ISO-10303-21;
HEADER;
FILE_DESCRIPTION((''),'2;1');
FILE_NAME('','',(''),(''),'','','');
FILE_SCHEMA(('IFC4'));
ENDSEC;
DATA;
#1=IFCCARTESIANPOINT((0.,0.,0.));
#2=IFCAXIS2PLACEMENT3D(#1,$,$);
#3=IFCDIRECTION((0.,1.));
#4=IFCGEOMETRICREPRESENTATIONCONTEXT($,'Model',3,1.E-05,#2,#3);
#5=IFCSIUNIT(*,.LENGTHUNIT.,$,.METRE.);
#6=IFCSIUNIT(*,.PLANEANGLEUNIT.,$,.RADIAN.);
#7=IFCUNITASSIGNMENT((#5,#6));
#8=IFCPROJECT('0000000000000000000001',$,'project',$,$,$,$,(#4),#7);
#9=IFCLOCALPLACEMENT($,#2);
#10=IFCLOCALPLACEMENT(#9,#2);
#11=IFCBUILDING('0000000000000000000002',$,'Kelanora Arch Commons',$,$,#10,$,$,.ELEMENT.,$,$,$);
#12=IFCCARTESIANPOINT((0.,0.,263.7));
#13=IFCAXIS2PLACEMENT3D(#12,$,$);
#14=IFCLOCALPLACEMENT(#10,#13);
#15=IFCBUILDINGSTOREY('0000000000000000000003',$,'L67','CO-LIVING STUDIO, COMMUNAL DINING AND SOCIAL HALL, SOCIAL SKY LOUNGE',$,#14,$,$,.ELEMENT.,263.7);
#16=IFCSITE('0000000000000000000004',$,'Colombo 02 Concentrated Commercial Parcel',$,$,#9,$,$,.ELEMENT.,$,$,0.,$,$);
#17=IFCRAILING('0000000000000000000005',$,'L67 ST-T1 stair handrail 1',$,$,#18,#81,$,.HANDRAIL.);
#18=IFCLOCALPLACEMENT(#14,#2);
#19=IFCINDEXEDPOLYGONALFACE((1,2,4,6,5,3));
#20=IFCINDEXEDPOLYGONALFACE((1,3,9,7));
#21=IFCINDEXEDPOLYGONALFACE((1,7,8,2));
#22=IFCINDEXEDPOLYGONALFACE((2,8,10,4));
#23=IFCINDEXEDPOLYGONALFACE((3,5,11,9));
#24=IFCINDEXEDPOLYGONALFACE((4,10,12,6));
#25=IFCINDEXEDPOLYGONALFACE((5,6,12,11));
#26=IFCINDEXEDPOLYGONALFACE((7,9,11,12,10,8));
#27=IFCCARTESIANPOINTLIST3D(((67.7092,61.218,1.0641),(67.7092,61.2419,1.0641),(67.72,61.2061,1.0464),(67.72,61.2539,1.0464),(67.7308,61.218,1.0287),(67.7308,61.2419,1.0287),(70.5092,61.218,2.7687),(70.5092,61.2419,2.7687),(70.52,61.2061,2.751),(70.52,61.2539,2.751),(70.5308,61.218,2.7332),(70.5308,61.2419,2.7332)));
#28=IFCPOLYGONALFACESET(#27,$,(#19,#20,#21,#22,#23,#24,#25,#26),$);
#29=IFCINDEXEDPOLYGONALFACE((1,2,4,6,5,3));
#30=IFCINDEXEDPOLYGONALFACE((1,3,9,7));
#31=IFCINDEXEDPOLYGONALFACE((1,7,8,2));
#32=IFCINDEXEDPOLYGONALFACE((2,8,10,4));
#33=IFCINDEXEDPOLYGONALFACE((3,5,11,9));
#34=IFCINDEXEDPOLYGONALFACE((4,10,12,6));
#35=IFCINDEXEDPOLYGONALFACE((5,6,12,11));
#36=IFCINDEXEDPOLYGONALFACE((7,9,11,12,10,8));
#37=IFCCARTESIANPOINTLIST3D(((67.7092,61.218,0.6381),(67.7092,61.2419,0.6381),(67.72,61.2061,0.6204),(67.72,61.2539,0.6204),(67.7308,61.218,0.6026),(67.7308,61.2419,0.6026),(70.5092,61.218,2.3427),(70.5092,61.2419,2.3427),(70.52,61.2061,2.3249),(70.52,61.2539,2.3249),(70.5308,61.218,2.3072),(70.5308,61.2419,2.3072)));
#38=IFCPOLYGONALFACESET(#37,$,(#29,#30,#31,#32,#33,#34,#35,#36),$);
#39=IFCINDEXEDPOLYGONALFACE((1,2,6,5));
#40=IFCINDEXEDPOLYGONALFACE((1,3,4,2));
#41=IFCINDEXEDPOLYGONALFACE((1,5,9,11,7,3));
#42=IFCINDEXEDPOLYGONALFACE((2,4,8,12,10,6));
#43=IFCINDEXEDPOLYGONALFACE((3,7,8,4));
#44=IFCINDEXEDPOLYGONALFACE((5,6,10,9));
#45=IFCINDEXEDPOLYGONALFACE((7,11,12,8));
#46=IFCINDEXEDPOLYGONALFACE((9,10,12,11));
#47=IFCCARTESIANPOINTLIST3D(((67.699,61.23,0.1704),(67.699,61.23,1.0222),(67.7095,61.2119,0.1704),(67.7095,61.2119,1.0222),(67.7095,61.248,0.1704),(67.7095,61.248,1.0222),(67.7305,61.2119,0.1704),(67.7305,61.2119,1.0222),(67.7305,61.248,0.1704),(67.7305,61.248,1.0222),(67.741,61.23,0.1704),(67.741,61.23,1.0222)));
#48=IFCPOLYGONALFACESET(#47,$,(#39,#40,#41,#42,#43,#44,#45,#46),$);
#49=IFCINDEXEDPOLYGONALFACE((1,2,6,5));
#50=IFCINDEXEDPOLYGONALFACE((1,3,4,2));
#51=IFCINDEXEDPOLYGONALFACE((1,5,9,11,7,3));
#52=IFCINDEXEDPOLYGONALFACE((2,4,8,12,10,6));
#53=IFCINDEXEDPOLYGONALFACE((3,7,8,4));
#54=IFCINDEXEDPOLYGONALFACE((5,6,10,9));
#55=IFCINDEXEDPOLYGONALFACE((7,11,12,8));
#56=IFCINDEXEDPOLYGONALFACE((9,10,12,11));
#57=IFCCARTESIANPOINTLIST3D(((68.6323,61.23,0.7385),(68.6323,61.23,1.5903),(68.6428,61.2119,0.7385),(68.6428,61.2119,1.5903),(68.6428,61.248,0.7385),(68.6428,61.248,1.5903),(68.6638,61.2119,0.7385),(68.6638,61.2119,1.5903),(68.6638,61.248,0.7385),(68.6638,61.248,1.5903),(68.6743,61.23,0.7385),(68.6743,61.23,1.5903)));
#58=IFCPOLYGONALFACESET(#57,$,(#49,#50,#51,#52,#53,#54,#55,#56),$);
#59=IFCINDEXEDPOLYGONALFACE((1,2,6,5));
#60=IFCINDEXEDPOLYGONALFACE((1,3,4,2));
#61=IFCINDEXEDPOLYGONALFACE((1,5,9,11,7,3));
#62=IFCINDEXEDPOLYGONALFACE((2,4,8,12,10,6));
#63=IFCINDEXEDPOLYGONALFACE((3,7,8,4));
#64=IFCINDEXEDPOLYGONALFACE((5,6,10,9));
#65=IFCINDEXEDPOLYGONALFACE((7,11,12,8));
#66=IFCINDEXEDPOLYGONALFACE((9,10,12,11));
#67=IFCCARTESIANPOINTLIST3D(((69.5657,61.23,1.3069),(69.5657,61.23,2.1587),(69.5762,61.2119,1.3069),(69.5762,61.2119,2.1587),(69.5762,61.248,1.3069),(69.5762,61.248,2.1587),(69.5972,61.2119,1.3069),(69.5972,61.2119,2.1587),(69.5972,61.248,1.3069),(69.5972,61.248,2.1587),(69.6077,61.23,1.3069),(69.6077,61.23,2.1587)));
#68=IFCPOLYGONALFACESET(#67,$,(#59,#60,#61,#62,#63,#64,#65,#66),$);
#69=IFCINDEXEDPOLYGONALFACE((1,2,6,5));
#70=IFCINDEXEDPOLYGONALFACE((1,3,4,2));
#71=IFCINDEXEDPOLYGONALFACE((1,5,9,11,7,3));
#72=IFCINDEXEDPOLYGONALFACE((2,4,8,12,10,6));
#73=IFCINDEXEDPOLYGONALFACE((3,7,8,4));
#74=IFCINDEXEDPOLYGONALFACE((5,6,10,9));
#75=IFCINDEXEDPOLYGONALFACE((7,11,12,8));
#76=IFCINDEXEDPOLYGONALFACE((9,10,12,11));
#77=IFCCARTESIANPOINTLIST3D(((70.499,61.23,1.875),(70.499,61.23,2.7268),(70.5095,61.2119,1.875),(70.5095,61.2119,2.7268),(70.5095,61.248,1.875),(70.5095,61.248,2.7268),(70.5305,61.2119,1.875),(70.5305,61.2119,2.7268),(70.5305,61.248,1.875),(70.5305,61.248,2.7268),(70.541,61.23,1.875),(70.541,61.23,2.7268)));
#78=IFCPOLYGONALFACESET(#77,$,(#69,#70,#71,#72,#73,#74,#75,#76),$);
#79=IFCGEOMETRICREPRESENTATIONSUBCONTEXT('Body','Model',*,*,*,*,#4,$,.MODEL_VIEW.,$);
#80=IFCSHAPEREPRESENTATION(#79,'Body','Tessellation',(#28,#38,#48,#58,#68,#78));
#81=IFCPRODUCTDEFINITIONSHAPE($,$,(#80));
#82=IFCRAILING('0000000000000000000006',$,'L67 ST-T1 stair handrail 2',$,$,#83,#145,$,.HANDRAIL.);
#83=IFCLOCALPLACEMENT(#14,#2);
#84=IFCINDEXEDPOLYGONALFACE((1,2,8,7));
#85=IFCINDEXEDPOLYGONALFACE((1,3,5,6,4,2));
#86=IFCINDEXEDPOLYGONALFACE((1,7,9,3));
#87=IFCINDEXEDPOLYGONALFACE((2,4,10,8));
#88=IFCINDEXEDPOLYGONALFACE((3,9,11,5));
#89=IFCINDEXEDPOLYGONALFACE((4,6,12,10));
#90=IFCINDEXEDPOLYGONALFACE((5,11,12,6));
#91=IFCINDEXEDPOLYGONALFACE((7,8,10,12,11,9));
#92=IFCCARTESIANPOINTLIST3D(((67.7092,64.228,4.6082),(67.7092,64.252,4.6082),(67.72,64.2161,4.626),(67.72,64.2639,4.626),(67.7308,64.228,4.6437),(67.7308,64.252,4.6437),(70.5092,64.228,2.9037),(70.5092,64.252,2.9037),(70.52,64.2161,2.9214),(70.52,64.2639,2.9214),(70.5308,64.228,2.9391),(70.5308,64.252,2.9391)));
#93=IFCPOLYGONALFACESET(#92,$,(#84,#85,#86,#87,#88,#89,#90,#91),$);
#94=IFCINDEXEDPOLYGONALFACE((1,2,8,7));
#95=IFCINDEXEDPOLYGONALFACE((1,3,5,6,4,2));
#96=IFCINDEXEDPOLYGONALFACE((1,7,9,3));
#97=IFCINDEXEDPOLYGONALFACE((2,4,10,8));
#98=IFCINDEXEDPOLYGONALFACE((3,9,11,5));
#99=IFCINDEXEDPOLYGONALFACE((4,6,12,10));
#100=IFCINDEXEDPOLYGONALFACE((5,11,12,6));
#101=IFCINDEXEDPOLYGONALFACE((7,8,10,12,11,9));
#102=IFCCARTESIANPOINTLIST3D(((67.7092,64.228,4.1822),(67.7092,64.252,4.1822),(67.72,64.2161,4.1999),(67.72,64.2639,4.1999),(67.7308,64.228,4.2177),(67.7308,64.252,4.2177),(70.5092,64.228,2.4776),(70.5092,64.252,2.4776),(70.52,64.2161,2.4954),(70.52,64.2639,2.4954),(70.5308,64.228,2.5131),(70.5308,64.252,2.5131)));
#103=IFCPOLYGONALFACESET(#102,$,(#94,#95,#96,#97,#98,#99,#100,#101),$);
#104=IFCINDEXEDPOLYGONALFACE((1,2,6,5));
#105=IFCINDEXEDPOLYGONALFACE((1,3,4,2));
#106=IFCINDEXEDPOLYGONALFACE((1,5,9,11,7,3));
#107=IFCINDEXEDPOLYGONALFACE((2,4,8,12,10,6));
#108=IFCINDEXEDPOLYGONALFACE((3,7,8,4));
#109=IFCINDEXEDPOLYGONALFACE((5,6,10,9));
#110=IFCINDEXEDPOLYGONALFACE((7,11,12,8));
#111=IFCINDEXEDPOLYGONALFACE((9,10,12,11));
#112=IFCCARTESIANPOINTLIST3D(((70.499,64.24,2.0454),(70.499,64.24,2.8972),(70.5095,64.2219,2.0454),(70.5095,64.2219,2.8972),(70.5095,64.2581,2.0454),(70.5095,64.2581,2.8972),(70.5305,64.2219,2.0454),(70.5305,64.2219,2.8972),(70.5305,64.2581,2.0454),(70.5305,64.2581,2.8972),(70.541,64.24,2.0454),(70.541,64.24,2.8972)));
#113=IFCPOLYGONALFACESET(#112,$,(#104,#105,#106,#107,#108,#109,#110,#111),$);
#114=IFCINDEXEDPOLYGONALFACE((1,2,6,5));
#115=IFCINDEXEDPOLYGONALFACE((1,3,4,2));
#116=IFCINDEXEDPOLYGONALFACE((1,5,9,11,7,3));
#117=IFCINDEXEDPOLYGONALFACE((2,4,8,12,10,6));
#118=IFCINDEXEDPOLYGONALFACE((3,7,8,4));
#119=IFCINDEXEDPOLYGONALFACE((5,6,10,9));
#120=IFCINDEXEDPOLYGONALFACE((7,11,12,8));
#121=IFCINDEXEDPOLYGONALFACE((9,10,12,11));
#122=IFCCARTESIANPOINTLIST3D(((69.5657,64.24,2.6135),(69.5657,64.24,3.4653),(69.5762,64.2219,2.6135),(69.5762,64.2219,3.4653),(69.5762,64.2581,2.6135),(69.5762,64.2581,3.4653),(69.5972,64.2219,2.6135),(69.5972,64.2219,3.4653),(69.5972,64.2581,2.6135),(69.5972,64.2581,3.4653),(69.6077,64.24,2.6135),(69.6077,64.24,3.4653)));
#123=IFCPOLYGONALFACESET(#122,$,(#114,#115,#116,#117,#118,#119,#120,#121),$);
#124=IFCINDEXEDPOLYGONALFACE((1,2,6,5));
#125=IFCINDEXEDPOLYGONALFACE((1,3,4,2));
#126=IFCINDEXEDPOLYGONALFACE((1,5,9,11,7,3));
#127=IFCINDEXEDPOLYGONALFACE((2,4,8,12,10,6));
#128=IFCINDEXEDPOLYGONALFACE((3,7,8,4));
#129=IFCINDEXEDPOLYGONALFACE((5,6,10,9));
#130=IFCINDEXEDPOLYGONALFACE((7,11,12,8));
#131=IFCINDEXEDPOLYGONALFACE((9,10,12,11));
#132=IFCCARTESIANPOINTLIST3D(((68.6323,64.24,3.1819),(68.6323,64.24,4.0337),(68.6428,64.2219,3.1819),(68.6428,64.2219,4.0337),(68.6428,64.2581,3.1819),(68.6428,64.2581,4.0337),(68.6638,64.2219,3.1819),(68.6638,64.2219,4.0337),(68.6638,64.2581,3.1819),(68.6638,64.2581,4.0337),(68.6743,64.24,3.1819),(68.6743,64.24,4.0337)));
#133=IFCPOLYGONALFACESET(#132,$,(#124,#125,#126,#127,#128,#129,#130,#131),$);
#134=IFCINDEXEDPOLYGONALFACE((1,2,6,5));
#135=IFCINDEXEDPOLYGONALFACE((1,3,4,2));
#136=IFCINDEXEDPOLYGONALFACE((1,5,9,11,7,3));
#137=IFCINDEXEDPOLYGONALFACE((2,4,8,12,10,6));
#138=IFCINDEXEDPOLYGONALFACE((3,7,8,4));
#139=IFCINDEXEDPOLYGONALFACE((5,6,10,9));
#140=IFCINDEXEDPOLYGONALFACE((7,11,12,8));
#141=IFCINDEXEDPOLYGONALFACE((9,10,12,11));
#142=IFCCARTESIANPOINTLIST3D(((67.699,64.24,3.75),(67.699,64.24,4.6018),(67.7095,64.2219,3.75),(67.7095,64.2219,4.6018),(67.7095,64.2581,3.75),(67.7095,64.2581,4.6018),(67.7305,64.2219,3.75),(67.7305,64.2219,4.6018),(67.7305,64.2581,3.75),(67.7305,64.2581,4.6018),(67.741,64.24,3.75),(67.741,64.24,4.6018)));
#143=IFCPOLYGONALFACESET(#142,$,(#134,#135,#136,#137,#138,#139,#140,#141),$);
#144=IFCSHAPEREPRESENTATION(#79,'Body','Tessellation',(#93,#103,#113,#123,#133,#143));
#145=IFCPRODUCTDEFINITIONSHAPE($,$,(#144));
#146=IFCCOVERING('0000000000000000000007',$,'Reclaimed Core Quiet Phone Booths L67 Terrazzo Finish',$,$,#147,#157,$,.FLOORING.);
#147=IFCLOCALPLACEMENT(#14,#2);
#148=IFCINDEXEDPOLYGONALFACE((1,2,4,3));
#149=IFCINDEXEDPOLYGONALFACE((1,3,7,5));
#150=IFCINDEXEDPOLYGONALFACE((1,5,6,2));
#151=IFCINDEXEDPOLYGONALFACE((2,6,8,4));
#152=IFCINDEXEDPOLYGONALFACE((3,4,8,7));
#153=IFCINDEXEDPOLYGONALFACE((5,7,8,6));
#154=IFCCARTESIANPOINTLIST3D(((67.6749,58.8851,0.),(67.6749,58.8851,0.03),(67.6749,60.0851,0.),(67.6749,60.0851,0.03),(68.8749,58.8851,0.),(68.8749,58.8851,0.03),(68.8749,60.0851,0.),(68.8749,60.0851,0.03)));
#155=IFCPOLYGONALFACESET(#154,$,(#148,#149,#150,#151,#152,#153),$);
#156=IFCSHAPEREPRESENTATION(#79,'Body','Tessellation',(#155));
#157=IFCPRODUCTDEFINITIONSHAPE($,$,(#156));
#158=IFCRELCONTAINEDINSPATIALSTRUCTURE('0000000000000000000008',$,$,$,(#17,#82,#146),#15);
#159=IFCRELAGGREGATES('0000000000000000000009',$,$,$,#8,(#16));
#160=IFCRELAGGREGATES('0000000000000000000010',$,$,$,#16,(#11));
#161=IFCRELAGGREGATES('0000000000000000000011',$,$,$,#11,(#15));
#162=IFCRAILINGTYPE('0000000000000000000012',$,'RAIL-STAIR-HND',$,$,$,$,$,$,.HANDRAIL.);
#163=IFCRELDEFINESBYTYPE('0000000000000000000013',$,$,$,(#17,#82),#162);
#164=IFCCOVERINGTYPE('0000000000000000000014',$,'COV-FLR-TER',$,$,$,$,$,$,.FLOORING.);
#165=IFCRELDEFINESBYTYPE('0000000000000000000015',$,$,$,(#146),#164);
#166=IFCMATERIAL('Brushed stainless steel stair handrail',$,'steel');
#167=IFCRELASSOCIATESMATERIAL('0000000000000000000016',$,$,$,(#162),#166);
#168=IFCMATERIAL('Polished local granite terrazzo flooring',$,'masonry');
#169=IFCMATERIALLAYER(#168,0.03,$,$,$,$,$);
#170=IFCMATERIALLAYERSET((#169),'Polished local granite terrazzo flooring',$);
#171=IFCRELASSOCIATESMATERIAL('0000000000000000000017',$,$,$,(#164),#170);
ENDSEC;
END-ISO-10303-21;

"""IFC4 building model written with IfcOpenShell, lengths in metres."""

from ifc_helpers import new_model, si_unit, direction, frame, origin, origin_2d, place, context, subcontext, project, spatial, polyline, rectangle, outline, extrude, source, transform, mapped, material, layer, layer_set, type_object, element, save


model = new_model("IFC4")

# Units and contexts
model_context = context("Model", 3, precision=1e-05, world=origin(), true_north=direction((0.0, 1.0)))
body_context = subcontext(model_context, "Body", "Model", "MODEL_VIEW")
ifc_project = project(units=[si_unit("LENGTHUNIT", "METRE"), si_unit("PLANEANGLEUNIT", "RADIAN")], contexts=[model_context])

# Site, building, storey
site_placement = place(None, origin())
site = spatial("IfcSite", under=ifc_project, at=site_placement, Name="Colombo 02 Concentrated Commercial Parcel", CompositionType="ELEMENT", RefElevation=0.0)
building_placement = place(site_placement, origin())
building = spatial("IfcBuilding", under=site, at=building_placement, Name="Kelanora Arch Commons", CompositionType="ELEMENT")
storey_placement = place(building_placement, frame((0.0, 0.0, 263.7)))
storey = spatial("IfcBuildingStorey", under=building, at=storey_placement, Name="L67", Description="CO-LIVING STUDIO, COMMUNAL DINING AND SOCIAL HALL, SOCIAL SKY LOUNGE", CompositionType="ELEMENT", Elevation=263.7)

# Railings
ifc_material_1 = material(Name="Brushed stainless steel stair handrail", Category="steel")
railing_type_1 = type_object("IfcRailingType", Name="RAIL-STAIR-HND", PredefinedType="HANDRAIL", material=ifc_material_1)
railing_1_placement = place(storey_placement, frame((67.72, 61.23, 0.1704)))
element("IfcRailing", 1, at=railing_1_placement, inside=storey, type_object=railing_type_1, Name="L67 ST-T1 stair handrail 1", PredefinedType="HANDRAIL", context=body_context, shape_type="SweptSolid", body=[
    extrude(outline(polyline([(0.0239, 0.0), (0.012, 0.0208), (-0.012, 0.0208), (-0.0239, 0.0), (-0.012, -0.0208), (0.012, -0.0208), (0.0239, 0.0)])), frame((0.0, 0.0, 0.876), z_axis=(0.85417, 0.0, 0.519994), x_axis=(0.0, 1.0, 0.0)), (0.0, 0.0, 1.0), 3.2781),
    extrude(outline(polyline([(0.0239, 0.0), (0.012, 0.0208), (-0.012, 0.0208), (-0.0239, 0.0), (-0.012, -0.0208), (0.012, -0.0208), (0.0239, 0.0)])), frame((0.0, 0.0, 0.45), z_axis=(0.85417, 0.0, 0.519994), x_axis=(0.0, 1.0, 0.0)), (0.0, 0.0, 1.0), 3.2781),
    extrude(outline(polyline([(0.021, 0.0), (0.0105, 0.0181), (-0.0105, 0.0181), (-0.021, 0.0), (-0.0105, -0.0181), (0.0105, -0.0181), (0.021, 0.0)])), origin(), (0.0, 0.0, 1.0), 0.8518),
    extrude(outline(polyline([(0.021, 0.0), (0.0105, 0.0181), (-0.0105, 0.0181), (-0.021, 0.0), (-0.0105, -0.0181), (0.0105, -0.0181), (0.021, 0.0)])), frame((0.9333, 0.0, 0.5681)), (0.0, 0.0, 1.0), 0.8518),
    extrude(outline(polyline([(0.021, 0.0), (0.0105, 0.0181), (-0.0105, 0.0181), (-0.021, 0.0), (-0.0105, -0.0181), (0.0105, -0.0181), (0.021, 0.0)])), frame((1.8667, 0.0, 1.1365)), (0.0, 0.0, 1.0), 0.8518),
    extrude(outline(polyline([(0.021, 0.0), (0.0105, 0.0181), (-0.0105, 0.0181), (-0.021, 0.0), (-0.0105, -0.0181), (0.0105, -0.0181), (0.021, 0.0)])), frame((2.8, 0.0, 1.7046)), (0.0, 0.0, 1.0), 0.8518),
])
railing_2_placement = place(storey_placement, frame((70.52, 64.24, 2.0454)))
element("IfcRailing", 2, at=railing_2_placement, inside=storey, type_object=railing_type_1, Name="L67 ST-T1 stair handrail 2", PredefinedType="HANDRAIL", context=body_context, shape_type="SweptSolid", body=[
    extrude(outline(polyline([(0.0239, 0.0), (0.012, 0.0208), (-0.012, 0.0208), (-0.0239, 0.0), (-0.012, -0.0208), (0.012, -0.0208), (0.0239, 0.0)])), frame((0.0, 0.0, 0.876), z_axis=(-0.85417, 0.0, 0.519994), x_axis=(0.0, -1.0, 0.0)), (0.0, 0.0, 1.0), 3.2781),
    extrude(outline(polyline([(0.0239, 0.0), (0.012, 0.0208), (-0.012, 0.0208), (-0.0239, 0.0), (-0.012, -0.0208), (0.012, -0.0208), (0.0239, 0.0)])), frame((0.0, 0.0, 0.45), z_axis=(-0.85417, 0.0, 0.519994), x_axis=(0.0, -1.0, 0.0)), (0.0, 0.0, 1.0), 3.2781),
    extrude(outline(polyline([(0.021, 0.0), (0.0105, 0.0181), (-0.0105, 0.0181), (-0.021, 0.0), (-0.0105, -0.0181), (0.0105, -0.0181), (0.021, 0.0)])), origin(), (0.0, 0.0, 1.0), 0.8518),
    extrude(outline(polyline([(0.021, 0.0), (0.0105, 0.0181), (-0.0105, 0.0181), (-0.021, 0.0), (-0.0105, -0.0181), (0.0105, -0.0181), (0.021, 0.0)])), frame((-0.9333, 0.0, 0.5681)), (0.0, 0.0, 1.0), 0.8518),
    extrude(outline(polyline([(0.021, 0.0), (0.0105, 0.0181), (-0.0105, 0.0181), (-0.021, 0.0), (-0.0105, -0.0181), (0.0105, -0.0181), (0.021, 0.0)])), frame((-1.8667, 0.0, 1.1365)), (0.0, 0.0, 1.0), 0.8518),
    extrude(outline(polyline([(0.021, 0.0), (0.0105, 0.0181), (-0.0105, 0.0181), (-0.021, 0.0), (-0.0105, -0.0181), (0.0105, -0.0181), (0.021, 0.0)])), frame((-2.8, 0.0, 1.7046)), (0.0, 0.0, 1.0), 0.8518),
])

# Covering
ifc_material_2 = material(Name="Polished local granite terrazzo flooring", Category="masonry")
ifc_layer_1 = layer(ifc_material_2, 0.03)
ifc_layer_set_1 = layer_set([ifc_layer_1], Name="Polished local granite terrazzo flooring")
covering_type = type_object("IfcCoveringType", Name="COV-FLR-TER", PredefinedType="FLOORING", material=ifc_layer_set_1)
shared_shape = source(origin(), body_context, "Body", "SweptSolid", [
    extrude(rectangle(XDim=1.2, YDim=1.2, at=origin_2d()), origin(), (0.0, 0.0, 1.0), 0.03),
])
covering_placement = place(storey_placement, frame((68.2749, 59.4851, 0.0), z_axis=(0.0, 0.0, 1.0), x_axis=(1.0, 0.0, 0.0)))
element("IfcCovering", 3, at=covering_placement, inside=storey, type_object=covering_type, Name="Reclaimed Core Quiet Phone Booths L67 Terrazzo Finish", PredefinedType="FLOORING", context=body_context, shape_type="MappedRepresentation", body=[
    mapped(shared_shape, transform((0.0, 0.0, 0.0), scale=1.0)),
])

save(model, "model.ifc")
